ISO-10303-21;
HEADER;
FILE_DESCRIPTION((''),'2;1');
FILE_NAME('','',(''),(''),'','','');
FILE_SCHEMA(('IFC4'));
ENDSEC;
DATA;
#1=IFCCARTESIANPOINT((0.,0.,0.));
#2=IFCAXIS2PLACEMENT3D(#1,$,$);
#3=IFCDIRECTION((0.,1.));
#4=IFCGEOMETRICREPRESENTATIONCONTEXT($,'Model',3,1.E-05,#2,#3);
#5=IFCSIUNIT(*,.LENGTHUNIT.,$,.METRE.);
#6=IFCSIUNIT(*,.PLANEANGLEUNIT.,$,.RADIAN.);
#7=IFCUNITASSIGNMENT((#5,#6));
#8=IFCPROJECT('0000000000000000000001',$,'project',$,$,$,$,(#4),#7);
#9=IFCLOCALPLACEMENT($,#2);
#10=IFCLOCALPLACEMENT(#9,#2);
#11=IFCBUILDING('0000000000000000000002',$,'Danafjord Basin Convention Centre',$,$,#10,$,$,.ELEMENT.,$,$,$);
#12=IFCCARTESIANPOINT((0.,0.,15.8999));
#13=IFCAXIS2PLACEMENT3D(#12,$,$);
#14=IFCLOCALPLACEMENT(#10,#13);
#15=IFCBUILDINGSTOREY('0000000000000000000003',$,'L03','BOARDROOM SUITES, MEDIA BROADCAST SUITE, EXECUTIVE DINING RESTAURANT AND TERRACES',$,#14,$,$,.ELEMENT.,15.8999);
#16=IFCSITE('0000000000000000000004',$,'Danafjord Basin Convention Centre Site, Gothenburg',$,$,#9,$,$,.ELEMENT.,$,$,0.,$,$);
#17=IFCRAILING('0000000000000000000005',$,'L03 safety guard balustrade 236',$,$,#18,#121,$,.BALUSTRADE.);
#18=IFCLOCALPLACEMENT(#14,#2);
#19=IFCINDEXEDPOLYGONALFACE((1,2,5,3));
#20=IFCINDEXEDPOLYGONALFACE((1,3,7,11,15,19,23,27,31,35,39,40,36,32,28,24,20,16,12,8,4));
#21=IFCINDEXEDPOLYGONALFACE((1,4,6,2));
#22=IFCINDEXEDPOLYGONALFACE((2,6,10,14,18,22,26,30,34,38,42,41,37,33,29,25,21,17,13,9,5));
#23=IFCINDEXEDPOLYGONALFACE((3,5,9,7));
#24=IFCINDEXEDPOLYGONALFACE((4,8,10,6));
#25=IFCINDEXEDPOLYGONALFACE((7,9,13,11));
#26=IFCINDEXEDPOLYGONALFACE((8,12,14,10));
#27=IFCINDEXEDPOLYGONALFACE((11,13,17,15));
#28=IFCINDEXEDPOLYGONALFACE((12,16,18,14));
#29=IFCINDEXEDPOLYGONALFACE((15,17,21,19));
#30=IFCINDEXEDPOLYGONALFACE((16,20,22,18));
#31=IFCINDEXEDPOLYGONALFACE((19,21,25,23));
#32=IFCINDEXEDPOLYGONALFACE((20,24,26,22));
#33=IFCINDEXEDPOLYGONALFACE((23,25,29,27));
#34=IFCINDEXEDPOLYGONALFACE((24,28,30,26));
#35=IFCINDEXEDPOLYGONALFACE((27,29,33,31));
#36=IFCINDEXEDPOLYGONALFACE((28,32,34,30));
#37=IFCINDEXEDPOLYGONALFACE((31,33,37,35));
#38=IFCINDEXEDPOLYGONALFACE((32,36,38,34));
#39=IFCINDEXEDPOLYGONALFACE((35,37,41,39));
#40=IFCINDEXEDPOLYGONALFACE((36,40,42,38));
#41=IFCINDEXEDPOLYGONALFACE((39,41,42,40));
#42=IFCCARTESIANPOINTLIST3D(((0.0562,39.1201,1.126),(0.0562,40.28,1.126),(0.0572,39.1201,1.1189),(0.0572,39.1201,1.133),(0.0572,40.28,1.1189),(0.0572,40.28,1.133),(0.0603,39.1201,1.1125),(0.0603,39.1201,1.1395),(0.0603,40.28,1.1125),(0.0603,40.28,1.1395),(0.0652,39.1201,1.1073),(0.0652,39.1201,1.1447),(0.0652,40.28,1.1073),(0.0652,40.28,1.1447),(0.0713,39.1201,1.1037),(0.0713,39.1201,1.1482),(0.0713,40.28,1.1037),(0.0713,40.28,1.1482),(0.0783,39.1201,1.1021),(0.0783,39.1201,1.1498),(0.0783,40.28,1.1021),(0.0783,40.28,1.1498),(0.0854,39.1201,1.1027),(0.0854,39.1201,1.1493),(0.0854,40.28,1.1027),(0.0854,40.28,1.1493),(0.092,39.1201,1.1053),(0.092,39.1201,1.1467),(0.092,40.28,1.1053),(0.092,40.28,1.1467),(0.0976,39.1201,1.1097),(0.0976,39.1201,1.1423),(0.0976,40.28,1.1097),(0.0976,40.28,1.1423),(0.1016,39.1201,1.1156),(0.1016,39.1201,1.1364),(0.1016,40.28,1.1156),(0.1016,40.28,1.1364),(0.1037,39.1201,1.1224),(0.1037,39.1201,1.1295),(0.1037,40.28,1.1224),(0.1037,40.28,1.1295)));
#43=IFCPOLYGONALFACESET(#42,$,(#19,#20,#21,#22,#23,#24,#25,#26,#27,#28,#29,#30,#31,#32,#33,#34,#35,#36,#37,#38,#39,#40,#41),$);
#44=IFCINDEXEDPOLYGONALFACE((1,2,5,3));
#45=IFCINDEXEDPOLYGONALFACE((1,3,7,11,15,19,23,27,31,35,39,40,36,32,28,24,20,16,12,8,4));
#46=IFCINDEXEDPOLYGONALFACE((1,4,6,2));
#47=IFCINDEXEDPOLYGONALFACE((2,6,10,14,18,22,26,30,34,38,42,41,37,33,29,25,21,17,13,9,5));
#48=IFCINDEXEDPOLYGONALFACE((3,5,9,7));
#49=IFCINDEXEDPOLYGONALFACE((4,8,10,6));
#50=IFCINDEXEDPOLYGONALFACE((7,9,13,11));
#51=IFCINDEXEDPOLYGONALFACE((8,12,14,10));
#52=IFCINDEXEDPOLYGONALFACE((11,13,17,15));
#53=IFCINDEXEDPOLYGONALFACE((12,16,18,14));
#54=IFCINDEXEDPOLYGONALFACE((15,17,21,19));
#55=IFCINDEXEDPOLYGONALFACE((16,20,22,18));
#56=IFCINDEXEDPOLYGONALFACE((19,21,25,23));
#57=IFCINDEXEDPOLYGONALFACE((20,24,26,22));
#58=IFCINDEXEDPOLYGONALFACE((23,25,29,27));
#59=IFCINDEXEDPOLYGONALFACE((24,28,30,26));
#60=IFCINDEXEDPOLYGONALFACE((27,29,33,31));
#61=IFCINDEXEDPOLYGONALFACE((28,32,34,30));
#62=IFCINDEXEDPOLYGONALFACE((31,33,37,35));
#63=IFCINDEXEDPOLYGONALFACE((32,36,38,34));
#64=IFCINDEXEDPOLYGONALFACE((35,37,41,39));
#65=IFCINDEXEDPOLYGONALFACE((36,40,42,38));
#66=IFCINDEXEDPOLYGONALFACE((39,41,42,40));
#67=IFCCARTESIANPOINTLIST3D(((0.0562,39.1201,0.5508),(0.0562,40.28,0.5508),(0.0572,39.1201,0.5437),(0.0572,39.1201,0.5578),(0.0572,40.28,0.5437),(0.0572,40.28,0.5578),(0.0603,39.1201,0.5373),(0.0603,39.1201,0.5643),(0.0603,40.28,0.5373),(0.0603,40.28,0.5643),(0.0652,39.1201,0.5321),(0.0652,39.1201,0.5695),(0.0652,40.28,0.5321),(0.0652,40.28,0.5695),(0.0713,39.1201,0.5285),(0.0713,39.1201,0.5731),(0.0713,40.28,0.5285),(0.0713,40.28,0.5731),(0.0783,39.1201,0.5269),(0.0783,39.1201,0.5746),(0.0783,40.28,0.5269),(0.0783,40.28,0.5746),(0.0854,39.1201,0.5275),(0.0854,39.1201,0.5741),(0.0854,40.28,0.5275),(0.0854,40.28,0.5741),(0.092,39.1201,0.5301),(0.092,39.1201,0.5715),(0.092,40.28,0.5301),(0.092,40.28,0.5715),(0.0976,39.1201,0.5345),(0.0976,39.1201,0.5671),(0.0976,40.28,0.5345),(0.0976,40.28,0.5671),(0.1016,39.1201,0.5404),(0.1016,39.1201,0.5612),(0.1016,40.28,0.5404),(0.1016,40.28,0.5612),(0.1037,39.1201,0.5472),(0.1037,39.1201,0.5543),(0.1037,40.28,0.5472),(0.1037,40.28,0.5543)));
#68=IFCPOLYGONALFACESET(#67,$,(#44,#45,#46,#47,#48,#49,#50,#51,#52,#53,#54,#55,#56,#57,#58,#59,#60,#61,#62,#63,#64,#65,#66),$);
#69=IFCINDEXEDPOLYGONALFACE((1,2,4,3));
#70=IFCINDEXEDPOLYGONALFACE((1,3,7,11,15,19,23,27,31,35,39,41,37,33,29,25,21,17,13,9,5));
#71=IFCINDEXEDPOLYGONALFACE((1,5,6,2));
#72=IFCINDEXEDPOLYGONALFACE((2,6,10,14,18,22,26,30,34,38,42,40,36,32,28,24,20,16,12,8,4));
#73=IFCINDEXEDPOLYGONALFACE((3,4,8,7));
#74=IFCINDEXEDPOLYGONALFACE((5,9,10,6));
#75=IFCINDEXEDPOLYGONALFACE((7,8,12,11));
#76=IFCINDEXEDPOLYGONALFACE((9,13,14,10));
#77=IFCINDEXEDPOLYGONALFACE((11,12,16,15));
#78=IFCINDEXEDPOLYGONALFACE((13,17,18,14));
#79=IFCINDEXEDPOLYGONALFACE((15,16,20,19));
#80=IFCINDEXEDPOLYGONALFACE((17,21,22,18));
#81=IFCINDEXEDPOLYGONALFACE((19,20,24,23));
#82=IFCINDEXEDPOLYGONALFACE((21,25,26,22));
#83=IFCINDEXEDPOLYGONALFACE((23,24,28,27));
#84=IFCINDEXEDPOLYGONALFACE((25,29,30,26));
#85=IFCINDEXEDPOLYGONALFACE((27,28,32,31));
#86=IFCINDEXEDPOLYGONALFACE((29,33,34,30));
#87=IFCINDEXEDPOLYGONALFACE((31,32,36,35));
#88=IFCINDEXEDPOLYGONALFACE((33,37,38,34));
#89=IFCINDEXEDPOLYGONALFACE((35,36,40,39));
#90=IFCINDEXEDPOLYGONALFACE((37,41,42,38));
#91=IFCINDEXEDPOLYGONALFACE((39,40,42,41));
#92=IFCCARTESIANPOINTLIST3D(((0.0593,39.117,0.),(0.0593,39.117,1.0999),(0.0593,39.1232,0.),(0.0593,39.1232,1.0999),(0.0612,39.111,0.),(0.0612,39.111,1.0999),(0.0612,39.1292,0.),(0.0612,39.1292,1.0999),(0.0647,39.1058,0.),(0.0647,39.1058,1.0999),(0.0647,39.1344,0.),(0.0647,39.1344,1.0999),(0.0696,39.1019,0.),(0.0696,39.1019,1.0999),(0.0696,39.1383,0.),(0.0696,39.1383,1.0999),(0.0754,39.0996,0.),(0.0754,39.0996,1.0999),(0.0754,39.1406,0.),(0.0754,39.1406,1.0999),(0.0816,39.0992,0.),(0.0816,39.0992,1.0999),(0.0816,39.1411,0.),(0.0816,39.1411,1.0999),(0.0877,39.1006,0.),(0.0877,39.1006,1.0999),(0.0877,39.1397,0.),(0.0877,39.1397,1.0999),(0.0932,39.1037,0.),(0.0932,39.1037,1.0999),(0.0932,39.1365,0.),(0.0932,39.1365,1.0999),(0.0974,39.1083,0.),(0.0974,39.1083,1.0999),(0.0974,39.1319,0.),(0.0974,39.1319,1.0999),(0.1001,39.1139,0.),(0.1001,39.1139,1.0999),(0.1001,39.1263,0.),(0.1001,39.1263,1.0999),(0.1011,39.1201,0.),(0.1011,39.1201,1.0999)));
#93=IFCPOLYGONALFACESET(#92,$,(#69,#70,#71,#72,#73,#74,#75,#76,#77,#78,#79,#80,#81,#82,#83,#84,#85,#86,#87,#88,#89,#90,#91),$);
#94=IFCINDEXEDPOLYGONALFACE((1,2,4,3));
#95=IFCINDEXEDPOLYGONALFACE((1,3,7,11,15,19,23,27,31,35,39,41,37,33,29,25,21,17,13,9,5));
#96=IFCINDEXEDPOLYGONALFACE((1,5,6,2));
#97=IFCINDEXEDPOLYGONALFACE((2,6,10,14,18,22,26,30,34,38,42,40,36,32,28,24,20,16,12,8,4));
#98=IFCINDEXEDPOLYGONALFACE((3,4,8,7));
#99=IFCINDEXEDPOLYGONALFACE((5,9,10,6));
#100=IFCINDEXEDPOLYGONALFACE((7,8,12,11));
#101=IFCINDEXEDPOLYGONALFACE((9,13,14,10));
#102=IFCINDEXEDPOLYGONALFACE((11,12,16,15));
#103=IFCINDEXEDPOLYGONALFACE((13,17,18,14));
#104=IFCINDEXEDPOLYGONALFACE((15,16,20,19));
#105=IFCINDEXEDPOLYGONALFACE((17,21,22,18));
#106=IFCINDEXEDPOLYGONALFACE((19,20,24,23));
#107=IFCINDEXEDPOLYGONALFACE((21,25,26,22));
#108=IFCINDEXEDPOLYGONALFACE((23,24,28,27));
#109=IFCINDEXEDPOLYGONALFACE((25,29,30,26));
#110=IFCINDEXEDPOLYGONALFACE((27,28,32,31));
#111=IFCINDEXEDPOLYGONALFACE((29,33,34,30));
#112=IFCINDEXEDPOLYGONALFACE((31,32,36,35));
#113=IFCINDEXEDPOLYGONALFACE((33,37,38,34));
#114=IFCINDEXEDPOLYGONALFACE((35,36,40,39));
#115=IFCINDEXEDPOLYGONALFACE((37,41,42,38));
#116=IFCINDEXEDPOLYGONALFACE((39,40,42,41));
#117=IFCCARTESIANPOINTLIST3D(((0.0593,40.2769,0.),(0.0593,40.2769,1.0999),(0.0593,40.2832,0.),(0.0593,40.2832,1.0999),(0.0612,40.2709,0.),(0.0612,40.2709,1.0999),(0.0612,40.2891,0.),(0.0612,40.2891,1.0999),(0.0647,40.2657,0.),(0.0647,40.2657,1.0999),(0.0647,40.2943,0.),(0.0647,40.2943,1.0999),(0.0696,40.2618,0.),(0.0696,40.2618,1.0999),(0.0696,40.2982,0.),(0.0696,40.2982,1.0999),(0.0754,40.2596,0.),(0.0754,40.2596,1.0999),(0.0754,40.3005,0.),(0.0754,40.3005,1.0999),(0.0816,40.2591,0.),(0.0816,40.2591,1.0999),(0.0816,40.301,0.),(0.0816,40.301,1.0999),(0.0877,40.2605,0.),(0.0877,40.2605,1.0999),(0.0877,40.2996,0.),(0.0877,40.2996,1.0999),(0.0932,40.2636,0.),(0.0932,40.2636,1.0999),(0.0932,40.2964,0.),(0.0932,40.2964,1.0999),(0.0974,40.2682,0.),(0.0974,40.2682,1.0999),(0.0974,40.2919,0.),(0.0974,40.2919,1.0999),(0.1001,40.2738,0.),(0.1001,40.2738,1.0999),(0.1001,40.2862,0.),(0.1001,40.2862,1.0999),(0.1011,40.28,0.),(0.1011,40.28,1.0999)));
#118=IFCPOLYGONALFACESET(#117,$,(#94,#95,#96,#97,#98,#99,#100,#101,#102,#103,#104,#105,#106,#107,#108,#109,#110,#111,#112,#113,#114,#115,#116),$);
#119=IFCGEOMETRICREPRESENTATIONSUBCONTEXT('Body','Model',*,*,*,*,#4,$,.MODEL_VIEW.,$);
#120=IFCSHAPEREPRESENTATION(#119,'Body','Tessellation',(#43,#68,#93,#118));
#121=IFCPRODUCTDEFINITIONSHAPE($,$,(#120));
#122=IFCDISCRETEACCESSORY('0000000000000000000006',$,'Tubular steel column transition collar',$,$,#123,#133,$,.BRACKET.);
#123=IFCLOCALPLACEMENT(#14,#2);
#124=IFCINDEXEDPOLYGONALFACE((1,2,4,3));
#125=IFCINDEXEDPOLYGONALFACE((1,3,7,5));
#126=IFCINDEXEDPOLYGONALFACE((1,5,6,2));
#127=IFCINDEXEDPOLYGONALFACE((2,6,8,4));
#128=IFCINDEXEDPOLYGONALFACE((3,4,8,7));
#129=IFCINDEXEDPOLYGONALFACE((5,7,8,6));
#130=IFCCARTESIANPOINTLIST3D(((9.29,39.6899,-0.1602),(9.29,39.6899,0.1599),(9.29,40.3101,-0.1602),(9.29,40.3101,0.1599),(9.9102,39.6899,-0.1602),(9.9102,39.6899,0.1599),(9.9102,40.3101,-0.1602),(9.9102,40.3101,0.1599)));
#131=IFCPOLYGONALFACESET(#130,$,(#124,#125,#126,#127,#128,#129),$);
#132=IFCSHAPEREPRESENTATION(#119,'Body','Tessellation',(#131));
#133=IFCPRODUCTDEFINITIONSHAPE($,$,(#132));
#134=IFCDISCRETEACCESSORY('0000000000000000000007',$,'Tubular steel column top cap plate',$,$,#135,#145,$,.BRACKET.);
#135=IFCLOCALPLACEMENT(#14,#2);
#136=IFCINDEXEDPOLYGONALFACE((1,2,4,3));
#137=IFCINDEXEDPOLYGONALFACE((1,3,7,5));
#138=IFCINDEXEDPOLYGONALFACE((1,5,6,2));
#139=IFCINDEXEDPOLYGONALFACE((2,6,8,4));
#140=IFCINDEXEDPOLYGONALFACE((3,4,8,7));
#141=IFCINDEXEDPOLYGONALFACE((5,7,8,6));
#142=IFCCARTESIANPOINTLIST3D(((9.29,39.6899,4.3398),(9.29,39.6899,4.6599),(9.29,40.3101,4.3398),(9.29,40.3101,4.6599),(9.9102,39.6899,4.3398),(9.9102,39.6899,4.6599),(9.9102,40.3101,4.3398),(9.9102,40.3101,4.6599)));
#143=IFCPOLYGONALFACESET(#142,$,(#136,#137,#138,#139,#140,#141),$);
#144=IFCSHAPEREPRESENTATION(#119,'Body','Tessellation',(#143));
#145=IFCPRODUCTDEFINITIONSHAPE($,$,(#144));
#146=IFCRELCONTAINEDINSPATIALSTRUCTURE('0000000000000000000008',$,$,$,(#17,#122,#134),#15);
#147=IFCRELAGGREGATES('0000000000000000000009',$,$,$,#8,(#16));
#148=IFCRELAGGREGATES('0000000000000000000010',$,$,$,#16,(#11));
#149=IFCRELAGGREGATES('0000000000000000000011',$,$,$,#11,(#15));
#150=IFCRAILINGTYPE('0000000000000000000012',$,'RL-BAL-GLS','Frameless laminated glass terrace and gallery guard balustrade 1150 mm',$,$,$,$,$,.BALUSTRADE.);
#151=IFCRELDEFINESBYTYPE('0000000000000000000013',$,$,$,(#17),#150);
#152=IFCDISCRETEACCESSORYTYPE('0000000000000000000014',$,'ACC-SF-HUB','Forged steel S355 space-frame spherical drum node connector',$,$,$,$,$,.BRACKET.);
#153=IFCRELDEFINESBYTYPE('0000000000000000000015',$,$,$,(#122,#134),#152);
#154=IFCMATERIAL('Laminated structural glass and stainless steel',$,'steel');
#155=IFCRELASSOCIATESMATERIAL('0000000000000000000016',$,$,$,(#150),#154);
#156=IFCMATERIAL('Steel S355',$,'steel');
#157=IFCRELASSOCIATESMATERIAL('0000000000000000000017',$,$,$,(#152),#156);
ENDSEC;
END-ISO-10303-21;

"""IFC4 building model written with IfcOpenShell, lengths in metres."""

from ifc_helpers import new_model, si_unit, direction, frame, origin, origin_2d, place, context, subcontext, project, spatial, rectangle, circle, extrude, material, type_object, element, save


model = new_model("IFC4")

# Units and contexts
model_context = context("Model", 3, precision=1e-05, world=origin(), true_north=direction((0.0, 1.0)))
body_context = subcontext(model_context, "Body", "Model", "MODEL_VIEW")
ifc_project = project(units=[si_unit("LENGTHUNIT", "METRE"), si_unit("PLANEANGLEUNIT", "RADIAN")], contexts=[model_context])

# Site, building, storey
site_placement = place(None, origin())
site = spatial("IfcSite", under=ifc_project, at=site_placement, Name="Danafjord Basin Convention Centre Site, Gothenburg", CompositionType="ELEMENT", RefElevation=0.0)
building_placement = place(site_placement, origin())
building = spatial("IfcBuilding", under=site, at=building_placement, Name="Danafjord Basin Convention Centre", CompositionType="ELEMENT")
storey_placement = place(building_placement, frame((0.0, 0.0, 15.8999)))
storey = spatial("IfcBuildingStorey", under=building, at=storey_placement, Name="L03", Description="BOARDROOM SUITES, MEDIA BROADCAST SUITE, EXECUTIVE DINING RESTAURANT AND TERRACES", CompositionType="ELEMENT", Elevation=15.8999)

# Shared definitions
ifc_material_1 = material(Name="Steel S355", Category="steel")

# Railing
ifc_material_2 = material(Name="Laminated structural glass and stainless steel", Category="steel")
railing_type = type_object("IfcRailingType", Name="RL-BAL-GLS", Description="Frameless laminated glass terrace and gallery guard balustrade 1150 mm", PredefinedType="BALUSTRADE", material=ifc_material_2)
for number, where, name in (
    (1, (0.0801, 39.1201, 0.0), "L03 safety guard balustrade 236"),
):
    element("IfcRailing", number, at=place(storey_placement, frame(where)), inside=storey, type_object=railing_type, Name=name, PredefinedType="BALUSTRADE", context=body_context, shape_type="SweptSolid", body=[
        extrude(circle(Radius=0.0239, at=origin_2d()), frame((0.0, 0.0, 1.126), z_axis=(0.0, 1.0, 0.0), x_axis=(-1.0, 0.0, 0.0)), (0.0, 0.0, 1.0), 1.1599),
        extrude(circle(Radius=0.0239, at=origin_2d()), frame((0.0, 0.0, 0.5508), z_axis=(0.0, 1.0, 0.0), x_axis=(-1.0, 0.0, 0.0)), (0.0, 0.0, 1.0), 1.1599),
        extrude(circle(Radius=0.021, at=origin_2d()), origin(), (0.0, 0.0, 1.0), 1.0999),
        extrude(circle(Radius=0.021, at=origin_2d()), frame((0.0, 1.1599, 0.0)), (0.0, 0.0, 1.0), 1.0999),
    ])

# Discrete accessories
discrete_accessory_type = type_object("IfcDiscreteAccessoryType", Name="ACC-SF-HUB", Description="Forged steel S355 space-frame spherical drum node connector", PredefinedType="BRACKET", material=ifc_material_1)
for number, where, z_axis, x_axis, name in (
    (2, (9.6001, 40.0, -0.1602), (0.0, 0.0, 1.0), (1.0, 0.0, 0.0), "Tubular steel column transition collar"),
    (3, (9.6001, 40.0, 4.3398), (0.0, 0.0, 1.0), (1.0, 0.0, 0.0), "Tubular steel column top cap plate"),
):
    element("IfcDiscreteAccessory", number, at=place(storey_placement, frame(where, z_axis=z_axis, x_axis=x_axis)), inside=storey, type_object=discrete_accessory_type, Name=name, PredefinedType="BRACKET", context=body_context, shape_type="SweptSolid", body=[
        extrude(rectangle(XDim=0.6201, YDim=0.6201, at=origin_2d()), origin(), (0.0, 0.0, 1.0), 0.3201),
    ])

save(model, "model.ifc")
